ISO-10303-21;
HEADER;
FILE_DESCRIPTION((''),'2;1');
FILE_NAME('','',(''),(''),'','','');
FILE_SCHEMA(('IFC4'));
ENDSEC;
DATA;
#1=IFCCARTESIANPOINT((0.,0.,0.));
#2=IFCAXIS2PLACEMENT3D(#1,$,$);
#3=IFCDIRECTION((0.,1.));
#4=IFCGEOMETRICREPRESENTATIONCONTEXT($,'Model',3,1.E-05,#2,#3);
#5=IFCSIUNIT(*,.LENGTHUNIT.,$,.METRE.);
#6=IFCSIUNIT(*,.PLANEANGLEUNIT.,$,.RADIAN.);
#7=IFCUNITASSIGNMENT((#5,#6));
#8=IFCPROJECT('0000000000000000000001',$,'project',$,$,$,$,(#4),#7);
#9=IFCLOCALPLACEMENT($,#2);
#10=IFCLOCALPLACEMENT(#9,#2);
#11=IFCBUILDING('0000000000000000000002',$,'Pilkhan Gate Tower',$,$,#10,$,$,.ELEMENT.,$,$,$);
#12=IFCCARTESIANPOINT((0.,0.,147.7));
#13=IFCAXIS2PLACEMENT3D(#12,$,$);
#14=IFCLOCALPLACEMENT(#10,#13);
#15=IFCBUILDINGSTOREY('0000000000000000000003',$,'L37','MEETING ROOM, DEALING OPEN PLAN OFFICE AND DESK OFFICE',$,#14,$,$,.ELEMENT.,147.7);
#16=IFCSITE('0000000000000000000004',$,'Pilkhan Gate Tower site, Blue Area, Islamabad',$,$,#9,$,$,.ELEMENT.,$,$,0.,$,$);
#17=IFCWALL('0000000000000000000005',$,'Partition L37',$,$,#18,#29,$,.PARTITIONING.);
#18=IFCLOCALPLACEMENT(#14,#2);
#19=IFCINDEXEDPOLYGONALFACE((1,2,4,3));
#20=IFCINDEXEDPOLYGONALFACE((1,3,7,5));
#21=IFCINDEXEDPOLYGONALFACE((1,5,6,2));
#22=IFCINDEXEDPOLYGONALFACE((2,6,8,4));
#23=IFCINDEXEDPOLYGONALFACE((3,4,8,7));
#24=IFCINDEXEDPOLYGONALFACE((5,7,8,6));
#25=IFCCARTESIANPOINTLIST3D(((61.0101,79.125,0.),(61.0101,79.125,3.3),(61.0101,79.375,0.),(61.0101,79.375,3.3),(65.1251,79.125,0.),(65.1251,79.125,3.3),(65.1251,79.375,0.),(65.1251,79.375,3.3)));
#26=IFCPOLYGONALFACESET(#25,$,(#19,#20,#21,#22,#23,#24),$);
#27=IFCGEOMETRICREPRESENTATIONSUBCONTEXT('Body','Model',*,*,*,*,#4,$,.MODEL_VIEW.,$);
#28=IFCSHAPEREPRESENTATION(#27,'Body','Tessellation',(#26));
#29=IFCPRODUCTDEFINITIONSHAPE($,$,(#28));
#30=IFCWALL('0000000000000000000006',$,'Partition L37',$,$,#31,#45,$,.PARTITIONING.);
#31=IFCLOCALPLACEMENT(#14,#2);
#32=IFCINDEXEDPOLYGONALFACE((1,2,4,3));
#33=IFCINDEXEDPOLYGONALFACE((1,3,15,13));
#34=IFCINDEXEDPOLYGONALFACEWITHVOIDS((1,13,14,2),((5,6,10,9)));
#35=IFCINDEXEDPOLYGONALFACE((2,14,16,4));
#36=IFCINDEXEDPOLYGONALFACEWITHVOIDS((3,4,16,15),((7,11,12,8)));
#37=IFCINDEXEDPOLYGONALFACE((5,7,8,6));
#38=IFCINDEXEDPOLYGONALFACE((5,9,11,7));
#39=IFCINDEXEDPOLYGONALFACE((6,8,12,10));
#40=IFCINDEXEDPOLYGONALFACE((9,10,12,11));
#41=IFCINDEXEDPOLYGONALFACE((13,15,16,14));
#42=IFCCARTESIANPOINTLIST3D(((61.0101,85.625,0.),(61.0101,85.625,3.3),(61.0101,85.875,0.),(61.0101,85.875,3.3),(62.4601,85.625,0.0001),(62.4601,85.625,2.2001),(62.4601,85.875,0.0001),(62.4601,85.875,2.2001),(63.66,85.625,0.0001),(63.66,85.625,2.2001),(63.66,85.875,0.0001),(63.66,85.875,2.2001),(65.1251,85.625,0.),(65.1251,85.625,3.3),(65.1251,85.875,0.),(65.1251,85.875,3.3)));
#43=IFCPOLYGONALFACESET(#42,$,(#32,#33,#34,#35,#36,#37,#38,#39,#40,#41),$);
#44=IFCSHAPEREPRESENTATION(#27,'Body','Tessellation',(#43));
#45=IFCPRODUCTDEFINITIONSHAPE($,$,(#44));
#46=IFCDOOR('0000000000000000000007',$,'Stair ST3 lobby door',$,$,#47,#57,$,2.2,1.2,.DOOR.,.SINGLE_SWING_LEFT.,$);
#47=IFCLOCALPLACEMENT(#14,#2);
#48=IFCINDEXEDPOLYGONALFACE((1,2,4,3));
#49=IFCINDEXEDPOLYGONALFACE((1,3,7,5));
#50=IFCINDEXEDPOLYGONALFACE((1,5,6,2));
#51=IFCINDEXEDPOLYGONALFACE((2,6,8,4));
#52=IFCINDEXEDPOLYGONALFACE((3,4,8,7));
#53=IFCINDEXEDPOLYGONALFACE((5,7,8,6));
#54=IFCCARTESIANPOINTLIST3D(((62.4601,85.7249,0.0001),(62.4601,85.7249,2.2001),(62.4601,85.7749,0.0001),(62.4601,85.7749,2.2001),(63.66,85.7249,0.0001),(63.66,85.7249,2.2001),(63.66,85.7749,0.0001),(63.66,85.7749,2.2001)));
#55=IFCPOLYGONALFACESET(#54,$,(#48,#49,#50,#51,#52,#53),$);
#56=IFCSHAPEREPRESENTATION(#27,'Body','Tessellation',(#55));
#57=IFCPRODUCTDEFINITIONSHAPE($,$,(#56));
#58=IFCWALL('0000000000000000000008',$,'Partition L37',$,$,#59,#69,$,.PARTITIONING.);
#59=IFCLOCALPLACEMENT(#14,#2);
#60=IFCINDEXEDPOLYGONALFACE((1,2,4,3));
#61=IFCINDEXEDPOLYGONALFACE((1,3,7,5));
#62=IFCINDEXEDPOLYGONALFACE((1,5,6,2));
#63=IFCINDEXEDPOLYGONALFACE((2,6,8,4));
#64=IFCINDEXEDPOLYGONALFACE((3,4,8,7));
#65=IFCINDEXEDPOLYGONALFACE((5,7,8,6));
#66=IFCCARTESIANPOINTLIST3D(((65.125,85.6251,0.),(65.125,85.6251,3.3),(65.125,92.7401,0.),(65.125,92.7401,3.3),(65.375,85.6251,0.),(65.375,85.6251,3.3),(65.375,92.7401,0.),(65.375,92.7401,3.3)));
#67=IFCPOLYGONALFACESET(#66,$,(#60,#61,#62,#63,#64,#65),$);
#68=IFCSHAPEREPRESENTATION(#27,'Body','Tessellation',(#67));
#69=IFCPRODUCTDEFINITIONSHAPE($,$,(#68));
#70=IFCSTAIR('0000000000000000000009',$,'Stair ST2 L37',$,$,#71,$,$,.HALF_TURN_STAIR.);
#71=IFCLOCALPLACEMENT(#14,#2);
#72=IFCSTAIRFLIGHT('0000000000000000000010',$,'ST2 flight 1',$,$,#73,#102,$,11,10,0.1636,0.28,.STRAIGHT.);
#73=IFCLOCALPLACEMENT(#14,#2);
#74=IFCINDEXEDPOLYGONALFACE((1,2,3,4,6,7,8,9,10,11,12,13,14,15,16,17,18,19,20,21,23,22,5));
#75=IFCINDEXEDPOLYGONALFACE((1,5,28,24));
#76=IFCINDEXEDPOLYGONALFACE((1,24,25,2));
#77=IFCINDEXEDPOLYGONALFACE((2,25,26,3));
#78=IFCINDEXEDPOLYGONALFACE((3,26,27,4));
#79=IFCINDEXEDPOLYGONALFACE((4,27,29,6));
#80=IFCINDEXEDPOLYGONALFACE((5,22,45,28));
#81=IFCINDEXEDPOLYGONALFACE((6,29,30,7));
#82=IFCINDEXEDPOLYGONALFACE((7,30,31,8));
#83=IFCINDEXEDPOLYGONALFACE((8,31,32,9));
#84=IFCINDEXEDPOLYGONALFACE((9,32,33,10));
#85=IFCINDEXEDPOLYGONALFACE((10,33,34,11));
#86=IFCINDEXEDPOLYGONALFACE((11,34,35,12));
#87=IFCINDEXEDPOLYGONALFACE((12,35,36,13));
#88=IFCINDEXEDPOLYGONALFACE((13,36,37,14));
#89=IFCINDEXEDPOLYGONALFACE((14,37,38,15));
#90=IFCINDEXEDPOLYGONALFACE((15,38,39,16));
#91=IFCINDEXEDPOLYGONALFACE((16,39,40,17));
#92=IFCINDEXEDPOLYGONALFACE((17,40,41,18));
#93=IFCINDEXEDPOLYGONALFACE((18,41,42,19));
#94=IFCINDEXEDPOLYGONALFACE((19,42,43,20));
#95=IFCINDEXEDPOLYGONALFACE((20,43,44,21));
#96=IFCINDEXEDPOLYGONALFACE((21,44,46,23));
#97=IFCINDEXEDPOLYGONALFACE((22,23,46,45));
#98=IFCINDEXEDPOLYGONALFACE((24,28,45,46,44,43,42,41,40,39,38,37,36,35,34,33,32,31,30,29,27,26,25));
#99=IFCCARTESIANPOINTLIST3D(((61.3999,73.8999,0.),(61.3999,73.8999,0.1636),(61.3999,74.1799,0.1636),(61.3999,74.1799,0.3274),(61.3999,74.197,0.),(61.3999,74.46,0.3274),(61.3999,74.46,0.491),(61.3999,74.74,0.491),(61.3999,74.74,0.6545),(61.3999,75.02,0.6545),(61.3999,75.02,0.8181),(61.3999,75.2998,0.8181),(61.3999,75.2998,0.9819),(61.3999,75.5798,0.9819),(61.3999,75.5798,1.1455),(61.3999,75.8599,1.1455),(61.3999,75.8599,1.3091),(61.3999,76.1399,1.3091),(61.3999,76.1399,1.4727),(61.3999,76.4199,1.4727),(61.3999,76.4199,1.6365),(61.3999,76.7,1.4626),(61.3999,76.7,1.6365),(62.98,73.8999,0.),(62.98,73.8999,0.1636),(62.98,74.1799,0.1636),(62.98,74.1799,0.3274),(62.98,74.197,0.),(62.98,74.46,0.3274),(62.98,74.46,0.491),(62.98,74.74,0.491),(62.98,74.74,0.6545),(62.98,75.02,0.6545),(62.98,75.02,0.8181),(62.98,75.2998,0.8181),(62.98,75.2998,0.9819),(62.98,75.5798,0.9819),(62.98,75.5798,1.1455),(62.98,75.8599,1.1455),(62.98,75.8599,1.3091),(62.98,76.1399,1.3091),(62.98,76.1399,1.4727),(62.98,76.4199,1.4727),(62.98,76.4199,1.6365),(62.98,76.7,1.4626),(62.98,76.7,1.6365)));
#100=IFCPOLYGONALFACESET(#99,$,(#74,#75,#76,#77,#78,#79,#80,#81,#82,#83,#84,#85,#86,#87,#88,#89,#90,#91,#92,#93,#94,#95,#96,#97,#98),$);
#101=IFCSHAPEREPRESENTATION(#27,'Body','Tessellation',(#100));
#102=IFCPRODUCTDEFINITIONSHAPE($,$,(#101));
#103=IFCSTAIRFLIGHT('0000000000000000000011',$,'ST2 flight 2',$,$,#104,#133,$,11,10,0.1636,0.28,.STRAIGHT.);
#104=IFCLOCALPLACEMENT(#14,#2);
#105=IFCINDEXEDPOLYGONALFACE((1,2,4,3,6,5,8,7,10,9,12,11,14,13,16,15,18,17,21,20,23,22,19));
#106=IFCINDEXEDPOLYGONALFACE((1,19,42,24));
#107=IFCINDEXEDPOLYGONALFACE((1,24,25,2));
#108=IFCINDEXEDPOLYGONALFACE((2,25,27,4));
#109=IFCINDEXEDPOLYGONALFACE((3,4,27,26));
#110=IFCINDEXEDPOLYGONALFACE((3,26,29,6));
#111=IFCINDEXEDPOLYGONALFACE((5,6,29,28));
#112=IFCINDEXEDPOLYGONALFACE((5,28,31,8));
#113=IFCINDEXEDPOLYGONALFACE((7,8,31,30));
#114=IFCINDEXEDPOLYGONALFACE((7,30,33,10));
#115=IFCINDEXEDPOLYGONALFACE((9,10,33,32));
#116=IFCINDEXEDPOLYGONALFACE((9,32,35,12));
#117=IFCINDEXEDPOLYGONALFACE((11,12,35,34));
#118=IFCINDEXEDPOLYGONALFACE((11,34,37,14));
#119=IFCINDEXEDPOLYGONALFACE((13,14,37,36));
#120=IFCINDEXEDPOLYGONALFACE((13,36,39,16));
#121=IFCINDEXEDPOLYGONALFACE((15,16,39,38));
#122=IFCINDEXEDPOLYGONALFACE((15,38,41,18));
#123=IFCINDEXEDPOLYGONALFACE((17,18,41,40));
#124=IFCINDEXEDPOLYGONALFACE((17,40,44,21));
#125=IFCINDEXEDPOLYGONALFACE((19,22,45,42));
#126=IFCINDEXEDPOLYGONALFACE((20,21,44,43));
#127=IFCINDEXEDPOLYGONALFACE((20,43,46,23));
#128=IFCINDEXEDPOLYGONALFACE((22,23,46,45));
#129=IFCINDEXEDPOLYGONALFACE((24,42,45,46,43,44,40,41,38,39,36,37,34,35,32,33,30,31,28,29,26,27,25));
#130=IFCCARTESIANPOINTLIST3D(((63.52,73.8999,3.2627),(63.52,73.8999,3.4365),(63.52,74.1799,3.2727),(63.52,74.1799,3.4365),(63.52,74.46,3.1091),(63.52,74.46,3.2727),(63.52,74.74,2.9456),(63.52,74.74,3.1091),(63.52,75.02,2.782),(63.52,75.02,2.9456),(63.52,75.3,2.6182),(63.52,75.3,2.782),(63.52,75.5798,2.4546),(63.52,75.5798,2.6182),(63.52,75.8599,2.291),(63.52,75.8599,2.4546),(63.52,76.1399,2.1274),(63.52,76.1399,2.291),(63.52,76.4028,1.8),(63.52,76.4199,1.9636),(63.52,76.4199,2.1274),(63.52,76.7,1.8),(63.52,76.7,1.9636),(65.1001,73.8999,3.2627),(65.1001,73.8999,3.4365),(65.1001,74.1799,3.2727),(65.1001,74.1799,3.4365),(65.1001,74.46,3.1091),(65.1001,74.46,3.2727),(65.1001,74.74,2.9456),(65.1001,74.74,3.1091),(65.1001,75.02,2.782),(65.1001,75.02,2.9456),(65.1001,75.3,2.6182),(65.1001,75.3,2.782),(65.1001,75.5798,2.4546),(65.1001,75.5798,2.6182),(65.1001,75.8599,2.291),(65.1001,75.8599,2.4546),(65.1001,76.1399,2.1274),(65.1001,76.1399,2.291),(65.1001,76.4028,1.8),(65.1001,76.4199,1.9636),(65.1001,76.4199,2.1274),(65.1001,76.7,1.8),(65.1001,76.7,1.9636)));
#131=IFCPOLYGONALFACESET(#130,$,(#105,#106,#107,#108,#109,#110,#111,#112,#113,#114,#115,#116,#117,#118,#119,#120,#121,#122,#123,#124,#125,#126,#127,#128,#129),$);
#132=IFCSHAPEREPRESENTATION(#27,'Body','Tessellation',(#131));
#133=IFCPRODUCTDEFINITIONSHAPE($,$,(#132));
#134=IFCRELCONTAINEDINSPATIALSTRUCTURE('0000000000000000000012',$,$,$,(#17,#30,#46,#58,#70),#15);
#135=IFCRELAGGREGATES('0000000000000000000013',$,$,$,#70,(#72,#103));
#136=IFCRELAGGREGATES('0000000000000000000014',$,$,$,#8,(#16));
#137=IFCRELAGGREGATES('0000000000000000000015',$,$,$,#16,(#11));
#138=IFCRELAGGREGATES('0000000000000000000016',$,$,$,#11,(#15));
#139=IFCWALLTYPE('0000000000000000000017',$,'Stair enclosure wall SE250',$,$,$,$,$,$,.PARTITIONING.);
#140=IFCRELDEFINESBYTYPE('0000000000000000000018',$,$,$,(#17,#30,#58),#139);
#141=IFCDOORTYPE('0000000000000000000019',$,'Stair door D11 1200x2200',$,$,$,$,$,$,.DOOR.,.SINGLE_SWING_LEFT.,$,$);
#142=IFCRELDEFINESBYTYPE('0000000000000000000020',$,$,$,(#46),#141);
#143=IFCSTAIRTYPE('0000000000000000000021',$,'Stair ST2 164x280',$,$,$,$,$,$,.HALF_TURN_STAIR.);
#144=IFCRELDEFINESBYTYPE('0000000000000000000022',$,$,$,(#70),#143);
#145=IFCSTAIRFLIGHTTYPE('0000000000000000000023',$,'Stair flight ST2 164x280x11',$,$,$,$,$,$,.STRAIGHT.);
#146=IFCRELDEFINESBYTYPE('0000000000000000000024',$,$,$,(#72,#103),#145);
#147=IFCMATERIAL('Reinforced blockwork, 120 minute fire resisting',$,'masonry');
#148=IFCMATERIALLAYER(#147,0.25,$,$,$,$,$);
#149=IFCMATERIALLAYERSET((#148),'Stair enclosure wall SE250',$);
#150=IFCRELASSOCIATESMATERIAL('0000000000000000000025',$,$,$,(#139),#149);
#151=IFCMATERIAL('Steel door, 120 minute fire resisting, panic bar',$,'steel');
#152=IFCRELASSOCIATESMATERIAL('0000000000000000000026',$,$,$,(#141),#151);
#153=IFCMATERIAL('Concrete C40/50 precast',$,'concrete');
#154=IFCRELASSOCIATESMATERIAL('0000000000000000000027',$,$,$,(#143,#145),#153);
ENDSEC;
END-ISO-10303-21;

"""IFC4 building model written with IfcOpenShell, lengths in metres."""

from ifc_helpers import new_model, si_unit, direction, frame, frame_2d, origin, place, context, subcontext, project, spatial, polyline, rectangle, outline, extrude, material, layer, layer_set, type_object, element, fill, aggregate, save


model = new_model("IFC4")

# Units and contexts
model_context = context("Model", 3, precision=1e-05, world=origin(), true_north=direction((0.0, 1.0)))
body_context = subcontext(model_context, "Body", "Model", "MODEL_VIEW")
ifc_project = project(units=[si_unit("LENGTHUNIT", "METRE"), si_unit("PLANEANGLEUNIT", "RADIAN")], contexts=[model_context])

# Site, building, storey
site_placement = place(None, origin())
site = spatial("IfcSite", under=ifc_project, at=site_placement, Name="Pilkhan Gate Tower site, Blue Area, Islamabad", CompositionType="ELEMENT", RefElevation=0.0)
building_placement = place(site_placement, origin())
building = spatial("IfcBuilding", under=site, at=building_placement, Name="Pilkhan Gate Tower", CompositionType="ELEMENT")
storey_placement = place(building_placement, frame((0.0, 0.0, 147.7)))
storey = spatial("IfcBuildingStorey", under=building, at=storey_placement, Name="L37", Description="MEETING ROOM, DEALING OPEN PLAN OFFICE AND DESK OFFICE", CompositionType="ELEMENT", Elevation=147.7)

# Wall
ifc_material_1 = material(Name="Reinforced blockwork, 120 minute fire resisting", Category="masonry")
ifc_layer_1 = layer(ifc_material_1, 0.25)
ifc_layer_set_1 = layer_set([ifc_layer_1], Name="Stair enclosure wall SE250")
wall_type_1 = type_object("IfcWallType", Name="Stair enclosure wall SE250", PredefinedType="PARTITIONING", material=ifc_layer_set_1)
wall_1_placement = place(storey_placement, frame((61.01, 79.25, 0.0), z_axis=(0.0, 0.0, 1.0), x_axis=(1.0, 0.0, 0.0)))
element("IfcWall", 1, at=wall_1_placement, inside=storey, type_object=wall_type_1, Name="Partition L37", PredefinedType="PARTITIONING", context=body_context, shape_type="SweptSolid", body=[
    extrude(rectangle(XDim=4.115, YDim=0.25, at=frame_2d((2.0576, 0.0))), origin(), (0.0, 0.0, 1.0), 3.3),
])

# Wall, opening, door
wall_2_placement = place(storey_placement, frame((61.01, 85.75, 0.0), z_axis=(0.0, 0.0, 1.0), x_axis=(1.0, 0.0, 0.0)))
wall_2 = element("IfcWall", 2, at=wall_2_placement, inside=storey, type_object=wall_type_1, Name="Partition L37", PredefinedType="PARTITIONING", context=body_context, shape_type="SweptSolid", body=[
    extrude(rectangle(XDim=4.115, YDim=0.25, at=frame_2d((2.0576, 0.0))), origin(), (0.0, 0.0, 1.0), 3.3),
])
opening_1_placement = place(wall_2_placement, frame((1.45, 0.0, 0.0)))
opening_1 = element("IfcOpeningElement", 3, at=opening_1_placement, cuts=wall_2, PredefinedType="OPENING", context=body_context, shape_type="SweptSolid", body=[
    extrude(rectangle(XDim=1.2, YDim=2.2, at=frame_2d((0.6001, 1.1001))), frame((0.0, 0.135, 0.0), z_axis=(0.0, -1.0, 0.0), x_axis=(1.0, 0.0, 0.0)), (0.0, 0.0, 1.0), 0.27),
])
ifc_material_2 = material(Name="Steel door, 120 minute fire resisting, panic bar", Category="steel")
door_type_1 = type_object("IfcDoorType", Name="Stair door D11 1200x2200", OperationType="SINGLE_SWING_LEFT", PredefinedType="DOOR", material=ifc_material_2)
door_1_placement = place(opening_1_placement, origin())
door_1 = element("IfcDoor", 4, at=door_1_placement, inside=storey, type_object=door_type_1, Name="Stair ST3 lobby door", OperationType="SINGLE_SWING_LEFT", OverallHeight=2.2, OverallWidth=1.2, PredefinedType="DOOR", context=body_context, shape_type="SweptSolid", body=[
    extrude(rectangle(XDim=1.2, YDim=2.2, at=frame_2d((0.6001, 1.1001))), frame((0.0, 0.0249, 0.0), z_axis=(0.0, -1.0, 0.0), x_axis=(1.0, 0.0, 0.0)), (0.0, 0.0, 1.0), 0.05),
])
fill(opening_1, door_1)

# Wall
wall_3_placement = place(storey_placement, frame((65.25, 85.625, 0.0), z_axis=(0.0, 0.0, 1.0), x_axis=(0.0, 1.0, 0.0)))
element("IfcWall", 5, at=wall_3_placement, inside=storey, type_object=wall_type_1, Name="Partition L37", PredefinedType="PARTITIONING", context=body_context, shape_type="SweptSolid", body=[
    extrude(rectangle(XDim=7.115, YDim=0.25, at=frame_2d((3.5576, 0.0))), origin(), (0.0, 0.0, 1.0), 3.3),
])

# Stair, stair flights
ifc_material_3 = material(Name="Concrete C40/50 precast", Category="concrete")
stair_type = type_object("IfcStairType", Name="Stair ST2 164x280", PredefinedType="HALF_TURN_STAIR", material=ifc_material_3)
stair_placement = place(storey_placement, origin())
stair = element("IfcStair", 6, at=stair_placement, inside=storey, type_object=stair_type, Name="Stair ST2 L37", PredefinedType="HALF_TURN_STAIR")
stair_flight_type = type_object("IfcStairFlightType", Name="Stair flight ST2 164x280x11", PredefinedType="STRAIGHT", material=ifc_material_3)
stair_flight_1_placement = place(storey_placement, frame((62.1899, 73.8999, 0.0), z_axis=(0.0, 0.0, 1.0), x_axis=(0.0, 1.0, 0.0)))
stair_flight_1 = element("IfcStairFlight", 7, at=stair_flight_1_placement, type_object=stair_flight_type, Name="ST2 flight 1", NumberOfRisers=11, NumberOfTreads=10, PredefinedType="STRAIGHT", RiserHeight=0.1636, TreadLength=0.28, context=body_context, shape_type="SweptSolid", body=[
    extrude(outline(polyline([(0.0, 0.0), (0.0, 0.1636), (0.28, 0.1636), (0.28, 0.3274), (0.5601, 0.3274), (0.5601, 0.491), (0.8401, 0.491), (0.8401, 0.6545), (1.1201, 0.6545), (1.1201, 0.8181), (1.3999, 0.8181), (1.3999, 0.9819), (1.6799, 0.9819), (1.6799, 1.1455), (1.96, 1.1455), (1.96, 1.3091), (2.24, 1.3091), (2.24, 1.4727), (2.52, 1.4727), (2.52, 1.6365), (2.8, 1.6365), (2.8, 1.8), (2.8, 1.4626), (0.2971, 0.0), (0.0, 0.0)])), frame((0.0, 0.79, 0.0), z_axis=(0.0, -1.0, 0.0), x_axis=(1.0, 0.0, 0.0)), (0.0, 0.0, 1.0), 1.5801),
])
stair_flight_2_placement = place(storey_placement, frame((64.3101, 76.7, 1.8), z_axis=(0.0, 0.0, 1.0), x_axis=(0.0, -1.0, 0.0)))
stair_flight_2 = element("IfcStairFlight", 8, at=stair_flight_2_placement, type_object=stair_flight_type, Name="ST2 flight 2", NumberOfRisers=11, NumberOfTreads=10, PredefinedType="STRAIGHT", RiserHeight=0.1636, TreadLength=0.28, context=body_context, shape_type="SweptSolid", body=[
    extrude(outline(polyline([(0.0, 0.0), (0.0, 0.1636), (0.28, 0.1636), (0.28, 0.3274), (0.5601, 0.3274), (0.5601, 0.491), (0.8401, 0.491), (0.8401, 0.6545), (1.1201, 0.6545), (1.1201, 0.8181), (1.3999, 0.8181), (1.3999, 0.9819), (1.6799, 0.9819), (1.6799, 1.1455), (1.96, 1.1455), (1.96, 1.3091), (2.24, 1.3091), (2.24, 1.4727), (2.52, 1.4727), (2.52, 1.6365), (2.8, 1.6365), (2.8, 1.8), (2.8, 1.4626), (0.2971, 0.0), (0.0, 0.0)])), frame((0.0, 0.79, 0.0), z_axis=(0.0, -1.0, 0.0), x_axis=(1.0, 0.0, 0.0)), (0.0, 0.0, 1.0), 1.5801),
])
aggregate(stair, [stair_flight_1, stair_flight_2])

save(model, "model.ifc")
